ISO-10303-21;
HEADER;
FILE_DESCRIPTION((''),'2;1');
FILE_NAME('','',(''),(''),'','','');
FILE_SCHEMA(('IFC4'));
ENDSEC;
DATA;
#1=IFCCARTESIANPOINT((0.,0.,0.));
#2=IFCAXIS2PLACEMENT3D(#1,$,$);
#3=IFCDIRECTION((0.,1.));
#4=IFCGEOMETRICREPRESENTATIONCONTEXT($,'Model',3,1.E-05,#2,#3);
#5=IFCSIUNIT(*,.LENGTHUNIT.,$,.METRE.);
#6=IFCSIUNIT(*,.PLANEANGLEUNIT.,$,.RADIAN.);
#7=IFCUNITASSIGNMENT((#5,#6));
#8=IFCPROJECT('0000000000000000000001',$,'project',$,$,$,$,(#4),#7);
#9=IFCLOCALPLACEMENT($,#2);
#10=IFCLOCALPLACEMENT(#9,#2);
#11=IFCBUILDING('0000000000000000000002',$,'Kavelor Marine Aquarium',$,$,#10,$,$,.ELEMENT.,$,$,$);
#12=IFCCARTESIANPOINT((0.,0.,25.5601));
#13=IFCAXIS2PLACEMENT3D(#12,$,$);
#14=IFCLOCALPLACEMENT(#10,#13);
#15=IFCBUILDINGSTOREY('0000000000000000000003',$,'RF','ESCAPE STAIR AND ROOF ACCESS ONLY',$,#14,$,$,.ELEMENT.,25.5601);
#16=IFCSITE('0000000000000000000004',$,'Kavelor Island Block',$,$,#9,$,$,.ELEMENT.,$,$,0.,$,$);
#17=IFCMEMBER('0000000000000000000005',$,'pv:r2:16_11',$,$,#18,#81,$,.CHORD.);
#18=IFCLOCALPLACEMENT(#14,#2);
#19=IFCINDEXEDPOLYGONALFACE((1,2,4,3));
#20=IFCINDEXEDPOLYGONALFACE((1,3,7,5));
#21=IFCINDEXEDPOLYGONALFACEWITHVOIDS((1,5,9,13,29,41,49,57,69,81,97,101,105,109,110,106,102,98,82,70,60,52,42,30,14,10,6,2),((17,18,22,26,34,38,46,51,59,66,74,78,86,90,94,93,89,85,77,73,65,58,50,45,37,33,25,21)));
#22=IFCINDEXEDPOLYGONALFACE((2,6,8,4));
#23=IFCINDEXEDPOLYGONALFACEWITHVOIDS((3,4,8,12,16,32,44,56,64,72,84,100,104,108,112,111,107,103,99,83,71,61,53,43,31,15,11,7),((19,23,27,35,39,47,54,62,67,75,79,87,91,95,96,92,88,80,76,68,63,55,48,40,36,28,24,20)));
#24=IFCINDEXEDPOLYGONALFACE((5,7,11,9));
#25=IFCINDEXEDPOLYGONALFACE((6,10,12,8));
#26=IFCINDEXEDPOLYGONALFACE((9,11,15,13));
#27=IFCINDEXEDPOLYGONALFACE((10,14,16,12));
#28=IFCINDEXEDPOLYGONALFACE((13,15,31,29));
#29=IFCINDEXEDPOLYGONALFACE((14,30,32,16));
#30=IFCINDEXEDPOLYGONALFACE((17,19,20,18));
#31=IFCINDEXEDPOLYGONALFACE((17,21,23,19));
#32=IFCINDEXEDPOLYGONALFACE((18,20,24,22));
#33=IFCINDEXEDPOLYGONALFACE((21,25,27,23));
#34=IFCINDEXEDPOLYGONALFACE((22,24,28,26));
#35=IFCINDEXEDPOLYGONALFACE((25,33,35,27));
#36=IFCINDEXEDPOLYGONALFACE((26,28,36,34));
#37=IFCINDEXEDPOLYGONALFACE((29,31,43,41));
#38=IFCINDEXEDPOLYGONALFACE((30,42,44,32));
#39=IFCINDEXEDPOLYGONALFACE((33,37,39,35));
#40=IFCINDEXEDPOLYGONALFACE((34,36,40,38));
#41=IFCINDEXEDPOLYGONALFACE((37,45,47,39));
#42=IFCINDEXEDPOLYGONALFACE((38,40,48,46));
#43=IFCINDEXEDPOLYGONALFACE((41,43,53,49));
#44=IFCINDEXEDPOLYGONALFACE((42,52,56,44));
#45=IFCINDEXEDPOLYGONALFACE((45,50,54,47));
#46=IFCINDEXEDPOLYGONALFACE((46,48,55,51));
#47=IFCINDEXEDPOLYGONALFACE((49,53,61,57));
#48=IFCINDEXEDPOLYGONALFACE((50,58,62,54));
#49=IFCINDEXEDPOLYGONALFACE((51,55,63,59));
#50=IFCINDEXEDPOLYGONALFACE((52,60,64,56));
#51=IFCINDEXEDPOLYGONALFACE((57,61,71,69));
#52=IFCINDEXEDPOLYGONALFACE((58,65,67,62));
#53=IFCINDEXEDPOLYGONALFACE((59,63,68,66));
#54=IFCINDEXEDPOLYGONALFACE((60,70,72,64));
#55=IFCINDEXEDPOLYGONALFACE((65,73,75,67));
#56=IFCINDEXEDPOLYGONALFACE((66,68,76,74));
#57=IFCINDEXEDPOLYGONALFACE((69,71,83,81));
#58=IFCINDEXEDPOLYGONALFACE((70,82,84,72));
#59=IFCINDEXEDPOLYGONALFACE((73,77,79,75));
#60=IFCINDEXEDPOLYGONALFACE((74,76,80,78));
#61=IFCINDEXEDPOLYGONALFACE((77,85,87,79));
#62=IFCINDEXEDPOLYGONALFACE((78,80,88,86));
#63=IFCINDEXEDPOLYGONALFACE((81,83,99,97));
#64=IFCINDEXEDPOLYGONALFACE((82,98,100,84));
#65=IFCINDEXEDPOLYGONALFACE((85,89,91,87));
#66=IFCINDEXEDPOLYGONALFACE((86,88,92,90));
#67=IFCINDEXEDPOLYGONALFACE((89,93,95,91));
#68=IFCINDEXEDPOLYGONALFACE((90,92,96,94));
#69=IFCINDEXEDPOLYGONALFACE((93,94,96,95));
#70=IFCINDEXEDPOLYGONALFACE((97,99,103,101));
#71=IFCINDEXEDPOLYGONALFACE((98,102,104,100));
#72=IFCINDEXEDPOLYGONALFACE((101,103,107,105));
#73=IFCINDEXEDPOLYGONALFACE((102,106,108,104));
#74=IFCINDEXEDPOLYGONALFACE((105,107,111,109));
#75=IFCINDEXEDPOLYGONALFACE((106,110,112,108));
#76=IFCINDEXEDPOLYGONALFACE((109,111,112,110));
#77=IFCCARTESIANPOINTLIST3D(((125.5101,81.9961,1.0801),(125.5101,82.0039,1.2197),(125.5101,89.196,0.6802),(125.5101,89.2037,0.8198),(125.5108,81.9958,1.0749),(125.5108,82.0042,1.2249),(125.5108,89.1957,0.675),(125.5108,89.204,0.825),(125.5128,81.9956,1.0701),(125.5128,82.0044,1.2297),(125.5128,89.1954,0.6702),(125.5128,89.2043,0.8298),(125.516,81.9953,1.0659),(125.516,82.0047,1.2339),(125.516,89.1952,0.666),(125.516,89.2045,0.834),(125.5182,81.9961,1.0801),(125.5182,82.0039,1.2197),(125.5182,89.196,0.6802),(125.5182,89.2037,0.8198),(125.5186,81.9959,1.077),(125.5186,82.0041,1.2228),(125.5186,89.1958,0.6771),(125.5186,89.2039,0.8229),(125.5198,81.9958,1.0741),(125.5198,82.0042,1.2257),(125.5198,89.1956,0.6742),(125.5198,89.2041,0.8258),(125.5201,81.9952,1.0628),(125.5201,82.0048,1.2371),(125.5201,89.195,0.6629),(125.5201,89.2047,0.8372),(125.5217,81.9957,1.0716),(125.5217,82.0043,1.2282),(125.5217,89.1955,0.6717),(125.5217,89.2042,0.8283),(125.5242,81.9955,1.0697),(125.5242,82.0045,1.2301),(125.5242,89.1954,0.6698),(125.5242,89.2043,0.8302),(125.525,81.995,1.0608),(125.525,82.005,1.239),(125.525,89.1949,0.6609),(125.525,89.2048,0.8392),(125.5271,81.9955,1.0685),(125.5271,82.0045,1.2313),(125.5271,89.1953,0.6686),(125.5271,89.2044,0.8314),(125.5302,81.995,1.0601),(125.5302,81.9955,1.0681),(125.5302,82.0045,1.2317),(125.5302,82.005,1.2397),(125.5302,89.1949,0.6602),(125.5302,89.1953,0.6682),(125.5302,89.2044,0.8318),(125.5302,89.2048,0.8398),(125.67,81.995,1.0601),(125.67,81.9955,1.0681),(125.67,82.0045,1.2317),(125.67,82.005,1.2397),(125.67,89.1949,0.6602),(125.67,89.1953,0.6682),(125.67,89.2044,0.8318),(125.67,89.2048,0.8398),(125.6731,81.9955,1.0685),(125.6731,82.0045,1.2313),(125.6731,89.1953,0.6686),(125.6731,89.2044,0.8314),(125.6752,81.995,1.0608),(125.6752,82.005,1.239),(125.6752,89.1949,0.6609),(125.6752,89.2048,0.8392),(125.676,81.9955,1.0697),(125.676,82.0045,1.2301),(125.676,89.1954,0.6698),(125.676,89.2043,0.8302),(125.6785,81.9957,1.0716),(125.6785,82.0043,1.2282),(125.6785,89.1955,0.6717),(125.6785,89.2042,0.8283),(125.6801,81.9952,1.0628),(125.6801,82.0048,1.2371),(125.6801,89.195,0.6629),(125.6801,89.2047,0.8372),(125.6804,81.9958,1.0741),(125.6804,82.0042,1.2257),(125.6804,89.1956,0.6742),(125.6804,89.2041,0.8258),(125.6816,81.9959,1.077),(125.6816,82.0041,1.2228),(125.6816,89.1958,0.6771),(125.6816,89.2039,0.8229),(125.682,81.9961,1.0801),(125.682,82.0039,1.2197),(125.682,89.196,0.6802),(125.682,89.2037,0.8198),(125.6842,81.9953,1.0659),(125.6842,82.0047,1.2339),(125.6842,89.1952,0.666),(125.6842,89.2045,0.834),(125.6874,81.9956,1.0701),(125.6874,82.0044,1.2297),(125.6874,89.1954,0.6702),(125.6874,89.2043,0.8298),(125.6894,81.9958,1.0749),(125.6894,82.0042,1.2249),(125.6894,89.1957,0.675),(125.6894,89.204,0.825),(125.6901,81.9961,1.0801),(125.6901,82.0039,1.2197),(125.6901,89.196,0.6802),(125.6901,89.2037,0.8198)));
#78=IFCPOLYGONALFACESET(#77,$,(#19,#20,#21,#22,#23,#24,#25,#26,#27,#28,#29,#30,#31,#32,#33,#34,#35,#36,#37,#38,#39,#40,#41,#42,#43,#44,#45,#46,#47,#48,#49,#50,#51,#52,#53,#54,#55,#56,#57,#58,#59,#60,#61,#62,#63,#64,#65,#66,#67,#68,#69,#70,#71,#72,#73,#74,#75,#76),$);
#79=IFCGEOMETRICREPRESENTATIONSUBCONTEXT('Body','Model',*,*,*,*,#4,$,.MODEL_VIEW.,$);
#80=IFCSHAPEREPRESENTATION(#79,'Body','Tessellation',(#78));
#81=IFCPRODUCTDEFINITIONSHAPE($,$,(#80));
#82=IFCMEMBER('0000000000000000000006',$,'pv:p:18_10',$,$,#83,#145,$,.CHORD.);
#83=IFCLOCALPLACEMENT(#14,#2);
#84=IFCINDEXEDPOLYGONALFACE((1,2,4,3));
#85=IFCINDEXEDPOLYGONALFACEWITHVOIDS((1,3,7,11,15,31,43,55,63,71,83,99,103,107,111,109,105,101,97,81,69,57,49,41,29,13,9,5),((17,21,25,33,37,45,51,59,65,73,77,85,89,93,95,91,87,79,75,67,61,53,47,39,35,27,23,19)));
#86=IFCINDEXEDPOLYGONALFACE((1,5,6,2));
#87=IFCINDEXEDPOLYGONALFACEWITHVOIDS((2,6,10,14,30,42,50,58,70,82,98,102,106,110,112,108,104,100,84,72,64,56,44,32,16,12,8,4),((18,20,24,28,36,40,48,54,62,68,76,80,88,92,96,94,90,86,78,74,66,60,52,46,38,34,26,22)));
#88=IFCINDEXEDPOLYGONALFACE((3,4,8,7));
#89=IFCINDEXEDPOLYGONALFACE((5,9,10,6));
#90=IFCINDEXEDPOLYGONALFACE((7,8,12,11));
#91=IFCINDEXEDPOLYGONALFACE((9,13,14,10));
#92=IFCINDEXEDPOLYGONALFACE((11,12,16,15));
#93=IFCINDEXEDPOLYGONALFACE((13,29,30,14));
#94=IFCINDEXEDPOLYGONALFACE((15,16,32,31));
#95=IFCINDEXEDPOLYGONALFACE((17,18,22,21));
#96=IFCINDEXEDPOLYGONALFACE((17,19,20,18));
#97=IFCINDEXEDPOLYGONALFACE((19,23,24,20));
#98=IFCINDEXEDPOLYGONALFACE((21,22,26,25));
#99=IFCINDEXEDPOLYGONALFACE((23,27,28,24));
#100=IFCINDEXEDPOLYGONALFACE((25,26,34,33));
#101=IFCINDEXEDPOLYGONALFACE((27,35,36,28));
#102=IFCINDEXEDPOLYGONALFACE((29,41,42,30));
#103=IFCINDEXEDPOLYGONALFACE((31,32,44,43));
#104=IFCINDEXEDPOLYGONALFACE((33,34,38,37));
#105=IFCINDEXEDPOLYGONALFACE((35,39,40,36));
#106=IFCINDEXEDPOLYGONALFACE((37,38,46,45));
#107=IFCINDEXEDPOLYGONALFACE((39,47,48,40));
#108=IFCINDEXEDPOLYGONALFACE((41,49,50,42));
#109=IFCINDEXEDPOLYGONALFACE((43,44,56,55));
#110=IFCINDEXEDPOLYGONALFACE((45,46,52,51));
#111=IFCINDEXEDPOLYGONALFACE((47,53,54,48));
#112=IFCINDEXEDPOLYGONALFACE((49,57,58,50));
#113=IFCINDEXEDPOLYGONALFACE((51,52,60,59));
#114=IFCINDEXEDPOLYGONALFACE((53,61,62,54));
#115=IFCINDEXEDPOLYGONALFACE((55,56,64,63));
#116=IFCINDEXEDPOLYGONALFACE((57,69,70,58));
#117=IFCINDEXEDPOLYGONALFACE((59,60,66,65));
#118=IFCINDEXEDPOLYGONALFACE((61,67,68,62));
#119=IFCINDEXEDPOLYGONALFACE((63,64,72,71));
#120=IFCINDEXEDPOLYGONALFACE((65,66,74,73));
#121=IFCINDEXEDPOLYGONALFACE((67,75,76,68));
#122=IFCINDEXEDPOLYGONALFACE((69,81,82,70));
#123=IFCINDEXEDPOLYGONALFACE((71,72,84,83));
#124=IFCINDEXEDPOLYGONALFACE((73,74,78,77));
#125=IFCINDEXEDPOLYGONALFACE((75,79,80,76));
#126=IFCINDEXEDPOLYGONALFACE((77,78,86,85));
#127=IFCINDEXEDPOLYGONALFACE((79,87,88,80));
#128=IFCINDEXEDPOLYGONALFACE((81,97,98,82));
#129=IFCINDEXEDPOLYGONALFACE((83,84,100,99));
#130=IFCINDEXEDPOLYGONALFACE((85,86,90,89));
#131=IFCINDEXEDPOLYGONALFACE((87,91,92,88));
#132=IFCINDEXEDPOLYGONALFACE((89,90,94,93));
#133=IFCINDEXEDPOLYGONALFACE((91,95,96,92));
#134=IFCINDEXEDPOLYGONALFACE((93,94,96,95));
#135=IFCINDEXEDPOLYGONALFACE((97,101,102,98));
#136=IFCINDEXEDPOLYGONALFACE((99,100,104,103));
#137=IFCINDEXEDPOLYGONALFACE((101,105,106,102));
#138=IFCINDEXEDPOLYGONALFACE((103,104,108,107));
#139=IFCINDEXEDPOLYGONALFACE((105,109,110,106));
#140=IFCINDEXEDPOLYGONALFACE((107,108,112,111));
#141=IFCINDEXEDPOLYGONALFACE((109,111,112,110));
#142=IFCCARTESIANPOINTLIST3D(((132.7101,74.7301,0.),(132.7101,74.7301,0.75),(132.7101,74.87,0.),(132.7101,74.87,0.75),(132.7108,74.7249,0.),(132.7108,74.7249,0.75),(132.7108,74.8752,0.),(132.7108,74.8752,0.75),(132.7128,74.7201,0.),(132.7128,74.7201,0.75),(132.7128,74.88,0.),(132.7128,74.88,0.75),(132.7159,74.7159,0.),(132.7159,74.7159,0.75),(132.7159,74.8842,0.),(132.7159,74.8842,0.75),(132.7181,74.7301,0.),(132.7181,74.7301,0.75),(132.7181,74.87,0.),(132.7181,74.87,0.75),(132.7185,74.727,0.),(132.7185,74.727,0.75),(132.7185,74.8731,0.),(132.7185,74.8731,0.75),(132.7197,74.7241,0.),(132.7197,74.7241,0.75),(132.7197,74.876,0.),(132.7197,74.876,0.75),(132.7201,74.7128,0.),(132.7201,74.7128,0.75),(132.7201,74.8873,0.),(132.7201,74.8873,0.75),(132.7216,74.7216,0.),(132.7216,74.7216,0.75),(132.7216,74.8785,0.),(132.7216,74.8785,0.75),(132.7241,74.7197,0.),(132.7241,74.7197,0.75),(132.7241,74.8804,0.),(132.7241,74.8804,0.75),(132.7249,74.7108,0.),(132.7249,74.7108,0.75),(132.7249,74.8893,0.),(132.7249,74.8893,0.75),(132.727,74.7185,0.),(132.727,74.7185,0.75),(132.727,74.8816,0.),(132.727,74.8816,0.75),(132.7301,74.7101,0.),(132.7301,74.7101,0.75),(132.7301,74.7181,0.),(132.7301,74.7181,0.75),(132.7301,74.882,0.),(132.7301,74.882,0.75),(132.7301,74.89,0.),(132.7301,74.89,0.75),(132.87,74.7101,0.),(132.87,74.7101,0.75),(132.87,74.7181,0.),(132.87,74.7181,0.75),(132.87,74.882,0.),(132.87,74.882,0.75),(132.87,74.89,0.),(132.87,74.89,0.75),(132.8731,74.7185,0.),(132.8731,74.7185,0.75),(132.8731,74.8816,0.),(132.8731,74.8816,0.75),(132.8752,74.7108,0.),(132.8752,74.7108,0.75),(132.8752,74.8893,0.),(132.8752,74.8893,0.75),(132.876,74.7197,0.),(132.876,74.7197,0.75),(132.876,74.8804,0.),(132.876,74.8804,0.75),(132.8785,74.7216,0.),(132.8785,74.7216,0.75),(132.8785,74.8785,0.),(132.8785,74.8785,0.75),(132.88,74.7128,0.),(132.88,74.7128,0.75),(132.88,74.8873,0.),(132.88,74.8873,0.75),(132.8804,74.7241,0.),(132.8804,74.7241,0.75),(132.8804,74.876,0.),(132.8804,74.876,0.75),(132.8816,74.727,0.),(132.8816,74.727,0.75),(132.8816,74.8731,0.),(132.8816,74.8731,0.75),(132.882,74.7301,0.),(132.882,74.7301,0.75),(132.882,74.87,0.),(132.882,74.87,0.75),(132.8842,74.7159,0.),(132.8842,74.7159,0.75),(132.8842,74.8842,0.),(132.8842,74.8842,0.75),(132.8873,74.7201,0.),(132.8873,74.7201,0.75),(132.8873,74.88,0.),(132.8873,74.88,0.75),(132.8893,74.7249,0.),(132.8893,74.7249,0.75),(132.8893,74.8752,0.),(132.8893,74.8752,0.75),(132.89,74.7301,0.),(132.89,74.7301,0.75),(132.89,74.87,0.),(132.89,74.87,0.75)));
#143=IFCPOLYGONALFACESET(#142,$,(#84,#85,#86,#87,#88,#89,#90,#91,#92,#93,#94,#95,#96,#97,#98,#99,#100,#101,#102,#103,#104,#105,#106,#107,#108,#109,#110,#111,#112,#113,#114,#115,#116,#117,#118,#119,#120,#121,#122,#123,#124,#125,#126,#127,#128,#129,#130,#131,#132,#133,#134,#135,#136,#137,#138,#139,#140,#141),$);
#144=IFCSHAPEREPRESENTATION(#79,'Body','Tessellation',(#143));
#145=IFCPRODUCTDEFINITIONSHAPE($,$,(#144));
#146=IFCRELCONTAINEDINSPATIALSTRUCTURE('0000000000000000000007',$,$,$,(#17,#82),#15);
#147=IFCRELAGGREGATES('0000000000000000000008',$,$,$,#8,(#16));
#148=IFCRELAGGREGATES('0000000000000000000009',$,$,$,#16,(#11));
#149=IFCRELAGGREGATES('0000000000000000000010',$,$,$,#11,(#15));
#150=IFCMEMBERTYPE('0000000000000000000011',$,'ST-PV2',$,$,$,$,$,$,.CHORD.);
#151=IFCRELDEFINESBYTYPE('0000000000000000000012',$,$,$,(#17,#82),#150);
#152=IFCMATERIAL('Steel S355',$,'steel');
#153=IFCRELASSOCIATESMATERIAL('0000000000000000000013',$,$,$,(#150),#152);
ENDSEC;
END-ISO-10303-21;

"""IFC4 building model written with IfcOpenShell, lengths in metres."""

from ifc_helpers import new_model, si_unit, direction, frame, origin, origin_2d, place, context, subcontext, project, spatial, hollow_rectangle, extrude, material, material_profile, profile_set, type_object, element, save


model = new_model("IFC4")

# Units and contexts
model_context = context("Model", 3, precision=1e-05, world=origin(), true_north=direction((0.0, 1.0)))
body_context = subcontext(model_context, "Body", "Model", "MODEL_VIEW")
ifc_project = project(units=[si_unit("LENGTHUNIT", "METRE"), si_unit("PLANEANGLEUNIT", "RADIAN")], contexts=[model_context])

# Site, building, storey
site_placement = place(None, origin())
site = spatial("IfcSite", under=ifc_project, at=site_placement, Name="Kavelor Island Block", CompositionType="ELEMENT", RefElevation=0.0)
building_placement = place(site_placement, origin())
building = spatial("IfcBuilding", under=site, at=building_placement, Name="Kavelor Marine Aquarium", CompositionType="ELEMENT")
storey_placement = place(building_placement, frame((0.0, 0.0, 25.5601)))
storey = spatial("IfcBuildingStorey", under=building, at=storey_placement, Name="RF", Description="ESCAPE STAIR AND ROOF ACCESS ONLY", CompositionType="ELEMENT", Elevation=25.5601)

# Members
ifc_material_1 = material(Name="Steel S355", Category="steel")
ifc_material_profile_1 = material_profile(ifc_material_1, hollow_rectangle(XDim=0.1799, YDim=0.1799, WallThickness=0.0081, InnerFilletRadius=0.012, OuterFilletRadius=0.02, at=origin_2d()), Name="SHS 180x180x8.0")
ifc_profile_set_1 = profile_set([ifc_material_profile_1], Name="Steel S355")
member_type_1 = type_object("IfcMemberType", Name="ST-PV2", PredefinedType="CHORD", material=ifc_profile_set_1)
for number, where, z_axis, x_axis, name in (
    (1, (125.6001, 82.0, 1.1499), (0.0, 0.998461, -0.055457), (-1.0, 0.0, 0.0), "pv:r2:16_11"),
):
    element("IfcMember", number, at=place(storey_placement, frame(where, z_axis=z_axis, x_axis=x_axis)), inside=storey, type_object=member_type_1, Name=name, PredefinedType="CHORD", context=body_context, shape_type="SweptSolid", body=[
        extrude(hollow_rectangle(XDim=0.1799, YDim=0.1799, WallThickness=0.0081, InnerFilletRadius=0.012, OuterFilletRadius=0.02, at=origin_2d()), origin(), (0.0, 0.0, 1.0), 7.2109),
    ])
member_1_placement = place(storey_placement, frame((132.8, 74.8, 0.0), z_axis=(0.0, 0.0, 1.0), x_axis=(1.0, 0.0, 0.0)))
element("IfcMember", 2, at=member_1_placement, inside=storey, type_object=member_type_1, Name="pv:p:18_10", PredefinedType="CHORD", context=body_context, shape_type="SweptSolid", body=[
    extrude(hollow_rectangle(XDim=0.1799, YDim=0.1799, WallThickness=0.0081, InnerFilletRadius=0.012, OuterFilletRadius=0.02, at=origin_2d()), origin(), (0.0, 0.0, 1.0), 0.75),
])

save(model, "model.ifc")
